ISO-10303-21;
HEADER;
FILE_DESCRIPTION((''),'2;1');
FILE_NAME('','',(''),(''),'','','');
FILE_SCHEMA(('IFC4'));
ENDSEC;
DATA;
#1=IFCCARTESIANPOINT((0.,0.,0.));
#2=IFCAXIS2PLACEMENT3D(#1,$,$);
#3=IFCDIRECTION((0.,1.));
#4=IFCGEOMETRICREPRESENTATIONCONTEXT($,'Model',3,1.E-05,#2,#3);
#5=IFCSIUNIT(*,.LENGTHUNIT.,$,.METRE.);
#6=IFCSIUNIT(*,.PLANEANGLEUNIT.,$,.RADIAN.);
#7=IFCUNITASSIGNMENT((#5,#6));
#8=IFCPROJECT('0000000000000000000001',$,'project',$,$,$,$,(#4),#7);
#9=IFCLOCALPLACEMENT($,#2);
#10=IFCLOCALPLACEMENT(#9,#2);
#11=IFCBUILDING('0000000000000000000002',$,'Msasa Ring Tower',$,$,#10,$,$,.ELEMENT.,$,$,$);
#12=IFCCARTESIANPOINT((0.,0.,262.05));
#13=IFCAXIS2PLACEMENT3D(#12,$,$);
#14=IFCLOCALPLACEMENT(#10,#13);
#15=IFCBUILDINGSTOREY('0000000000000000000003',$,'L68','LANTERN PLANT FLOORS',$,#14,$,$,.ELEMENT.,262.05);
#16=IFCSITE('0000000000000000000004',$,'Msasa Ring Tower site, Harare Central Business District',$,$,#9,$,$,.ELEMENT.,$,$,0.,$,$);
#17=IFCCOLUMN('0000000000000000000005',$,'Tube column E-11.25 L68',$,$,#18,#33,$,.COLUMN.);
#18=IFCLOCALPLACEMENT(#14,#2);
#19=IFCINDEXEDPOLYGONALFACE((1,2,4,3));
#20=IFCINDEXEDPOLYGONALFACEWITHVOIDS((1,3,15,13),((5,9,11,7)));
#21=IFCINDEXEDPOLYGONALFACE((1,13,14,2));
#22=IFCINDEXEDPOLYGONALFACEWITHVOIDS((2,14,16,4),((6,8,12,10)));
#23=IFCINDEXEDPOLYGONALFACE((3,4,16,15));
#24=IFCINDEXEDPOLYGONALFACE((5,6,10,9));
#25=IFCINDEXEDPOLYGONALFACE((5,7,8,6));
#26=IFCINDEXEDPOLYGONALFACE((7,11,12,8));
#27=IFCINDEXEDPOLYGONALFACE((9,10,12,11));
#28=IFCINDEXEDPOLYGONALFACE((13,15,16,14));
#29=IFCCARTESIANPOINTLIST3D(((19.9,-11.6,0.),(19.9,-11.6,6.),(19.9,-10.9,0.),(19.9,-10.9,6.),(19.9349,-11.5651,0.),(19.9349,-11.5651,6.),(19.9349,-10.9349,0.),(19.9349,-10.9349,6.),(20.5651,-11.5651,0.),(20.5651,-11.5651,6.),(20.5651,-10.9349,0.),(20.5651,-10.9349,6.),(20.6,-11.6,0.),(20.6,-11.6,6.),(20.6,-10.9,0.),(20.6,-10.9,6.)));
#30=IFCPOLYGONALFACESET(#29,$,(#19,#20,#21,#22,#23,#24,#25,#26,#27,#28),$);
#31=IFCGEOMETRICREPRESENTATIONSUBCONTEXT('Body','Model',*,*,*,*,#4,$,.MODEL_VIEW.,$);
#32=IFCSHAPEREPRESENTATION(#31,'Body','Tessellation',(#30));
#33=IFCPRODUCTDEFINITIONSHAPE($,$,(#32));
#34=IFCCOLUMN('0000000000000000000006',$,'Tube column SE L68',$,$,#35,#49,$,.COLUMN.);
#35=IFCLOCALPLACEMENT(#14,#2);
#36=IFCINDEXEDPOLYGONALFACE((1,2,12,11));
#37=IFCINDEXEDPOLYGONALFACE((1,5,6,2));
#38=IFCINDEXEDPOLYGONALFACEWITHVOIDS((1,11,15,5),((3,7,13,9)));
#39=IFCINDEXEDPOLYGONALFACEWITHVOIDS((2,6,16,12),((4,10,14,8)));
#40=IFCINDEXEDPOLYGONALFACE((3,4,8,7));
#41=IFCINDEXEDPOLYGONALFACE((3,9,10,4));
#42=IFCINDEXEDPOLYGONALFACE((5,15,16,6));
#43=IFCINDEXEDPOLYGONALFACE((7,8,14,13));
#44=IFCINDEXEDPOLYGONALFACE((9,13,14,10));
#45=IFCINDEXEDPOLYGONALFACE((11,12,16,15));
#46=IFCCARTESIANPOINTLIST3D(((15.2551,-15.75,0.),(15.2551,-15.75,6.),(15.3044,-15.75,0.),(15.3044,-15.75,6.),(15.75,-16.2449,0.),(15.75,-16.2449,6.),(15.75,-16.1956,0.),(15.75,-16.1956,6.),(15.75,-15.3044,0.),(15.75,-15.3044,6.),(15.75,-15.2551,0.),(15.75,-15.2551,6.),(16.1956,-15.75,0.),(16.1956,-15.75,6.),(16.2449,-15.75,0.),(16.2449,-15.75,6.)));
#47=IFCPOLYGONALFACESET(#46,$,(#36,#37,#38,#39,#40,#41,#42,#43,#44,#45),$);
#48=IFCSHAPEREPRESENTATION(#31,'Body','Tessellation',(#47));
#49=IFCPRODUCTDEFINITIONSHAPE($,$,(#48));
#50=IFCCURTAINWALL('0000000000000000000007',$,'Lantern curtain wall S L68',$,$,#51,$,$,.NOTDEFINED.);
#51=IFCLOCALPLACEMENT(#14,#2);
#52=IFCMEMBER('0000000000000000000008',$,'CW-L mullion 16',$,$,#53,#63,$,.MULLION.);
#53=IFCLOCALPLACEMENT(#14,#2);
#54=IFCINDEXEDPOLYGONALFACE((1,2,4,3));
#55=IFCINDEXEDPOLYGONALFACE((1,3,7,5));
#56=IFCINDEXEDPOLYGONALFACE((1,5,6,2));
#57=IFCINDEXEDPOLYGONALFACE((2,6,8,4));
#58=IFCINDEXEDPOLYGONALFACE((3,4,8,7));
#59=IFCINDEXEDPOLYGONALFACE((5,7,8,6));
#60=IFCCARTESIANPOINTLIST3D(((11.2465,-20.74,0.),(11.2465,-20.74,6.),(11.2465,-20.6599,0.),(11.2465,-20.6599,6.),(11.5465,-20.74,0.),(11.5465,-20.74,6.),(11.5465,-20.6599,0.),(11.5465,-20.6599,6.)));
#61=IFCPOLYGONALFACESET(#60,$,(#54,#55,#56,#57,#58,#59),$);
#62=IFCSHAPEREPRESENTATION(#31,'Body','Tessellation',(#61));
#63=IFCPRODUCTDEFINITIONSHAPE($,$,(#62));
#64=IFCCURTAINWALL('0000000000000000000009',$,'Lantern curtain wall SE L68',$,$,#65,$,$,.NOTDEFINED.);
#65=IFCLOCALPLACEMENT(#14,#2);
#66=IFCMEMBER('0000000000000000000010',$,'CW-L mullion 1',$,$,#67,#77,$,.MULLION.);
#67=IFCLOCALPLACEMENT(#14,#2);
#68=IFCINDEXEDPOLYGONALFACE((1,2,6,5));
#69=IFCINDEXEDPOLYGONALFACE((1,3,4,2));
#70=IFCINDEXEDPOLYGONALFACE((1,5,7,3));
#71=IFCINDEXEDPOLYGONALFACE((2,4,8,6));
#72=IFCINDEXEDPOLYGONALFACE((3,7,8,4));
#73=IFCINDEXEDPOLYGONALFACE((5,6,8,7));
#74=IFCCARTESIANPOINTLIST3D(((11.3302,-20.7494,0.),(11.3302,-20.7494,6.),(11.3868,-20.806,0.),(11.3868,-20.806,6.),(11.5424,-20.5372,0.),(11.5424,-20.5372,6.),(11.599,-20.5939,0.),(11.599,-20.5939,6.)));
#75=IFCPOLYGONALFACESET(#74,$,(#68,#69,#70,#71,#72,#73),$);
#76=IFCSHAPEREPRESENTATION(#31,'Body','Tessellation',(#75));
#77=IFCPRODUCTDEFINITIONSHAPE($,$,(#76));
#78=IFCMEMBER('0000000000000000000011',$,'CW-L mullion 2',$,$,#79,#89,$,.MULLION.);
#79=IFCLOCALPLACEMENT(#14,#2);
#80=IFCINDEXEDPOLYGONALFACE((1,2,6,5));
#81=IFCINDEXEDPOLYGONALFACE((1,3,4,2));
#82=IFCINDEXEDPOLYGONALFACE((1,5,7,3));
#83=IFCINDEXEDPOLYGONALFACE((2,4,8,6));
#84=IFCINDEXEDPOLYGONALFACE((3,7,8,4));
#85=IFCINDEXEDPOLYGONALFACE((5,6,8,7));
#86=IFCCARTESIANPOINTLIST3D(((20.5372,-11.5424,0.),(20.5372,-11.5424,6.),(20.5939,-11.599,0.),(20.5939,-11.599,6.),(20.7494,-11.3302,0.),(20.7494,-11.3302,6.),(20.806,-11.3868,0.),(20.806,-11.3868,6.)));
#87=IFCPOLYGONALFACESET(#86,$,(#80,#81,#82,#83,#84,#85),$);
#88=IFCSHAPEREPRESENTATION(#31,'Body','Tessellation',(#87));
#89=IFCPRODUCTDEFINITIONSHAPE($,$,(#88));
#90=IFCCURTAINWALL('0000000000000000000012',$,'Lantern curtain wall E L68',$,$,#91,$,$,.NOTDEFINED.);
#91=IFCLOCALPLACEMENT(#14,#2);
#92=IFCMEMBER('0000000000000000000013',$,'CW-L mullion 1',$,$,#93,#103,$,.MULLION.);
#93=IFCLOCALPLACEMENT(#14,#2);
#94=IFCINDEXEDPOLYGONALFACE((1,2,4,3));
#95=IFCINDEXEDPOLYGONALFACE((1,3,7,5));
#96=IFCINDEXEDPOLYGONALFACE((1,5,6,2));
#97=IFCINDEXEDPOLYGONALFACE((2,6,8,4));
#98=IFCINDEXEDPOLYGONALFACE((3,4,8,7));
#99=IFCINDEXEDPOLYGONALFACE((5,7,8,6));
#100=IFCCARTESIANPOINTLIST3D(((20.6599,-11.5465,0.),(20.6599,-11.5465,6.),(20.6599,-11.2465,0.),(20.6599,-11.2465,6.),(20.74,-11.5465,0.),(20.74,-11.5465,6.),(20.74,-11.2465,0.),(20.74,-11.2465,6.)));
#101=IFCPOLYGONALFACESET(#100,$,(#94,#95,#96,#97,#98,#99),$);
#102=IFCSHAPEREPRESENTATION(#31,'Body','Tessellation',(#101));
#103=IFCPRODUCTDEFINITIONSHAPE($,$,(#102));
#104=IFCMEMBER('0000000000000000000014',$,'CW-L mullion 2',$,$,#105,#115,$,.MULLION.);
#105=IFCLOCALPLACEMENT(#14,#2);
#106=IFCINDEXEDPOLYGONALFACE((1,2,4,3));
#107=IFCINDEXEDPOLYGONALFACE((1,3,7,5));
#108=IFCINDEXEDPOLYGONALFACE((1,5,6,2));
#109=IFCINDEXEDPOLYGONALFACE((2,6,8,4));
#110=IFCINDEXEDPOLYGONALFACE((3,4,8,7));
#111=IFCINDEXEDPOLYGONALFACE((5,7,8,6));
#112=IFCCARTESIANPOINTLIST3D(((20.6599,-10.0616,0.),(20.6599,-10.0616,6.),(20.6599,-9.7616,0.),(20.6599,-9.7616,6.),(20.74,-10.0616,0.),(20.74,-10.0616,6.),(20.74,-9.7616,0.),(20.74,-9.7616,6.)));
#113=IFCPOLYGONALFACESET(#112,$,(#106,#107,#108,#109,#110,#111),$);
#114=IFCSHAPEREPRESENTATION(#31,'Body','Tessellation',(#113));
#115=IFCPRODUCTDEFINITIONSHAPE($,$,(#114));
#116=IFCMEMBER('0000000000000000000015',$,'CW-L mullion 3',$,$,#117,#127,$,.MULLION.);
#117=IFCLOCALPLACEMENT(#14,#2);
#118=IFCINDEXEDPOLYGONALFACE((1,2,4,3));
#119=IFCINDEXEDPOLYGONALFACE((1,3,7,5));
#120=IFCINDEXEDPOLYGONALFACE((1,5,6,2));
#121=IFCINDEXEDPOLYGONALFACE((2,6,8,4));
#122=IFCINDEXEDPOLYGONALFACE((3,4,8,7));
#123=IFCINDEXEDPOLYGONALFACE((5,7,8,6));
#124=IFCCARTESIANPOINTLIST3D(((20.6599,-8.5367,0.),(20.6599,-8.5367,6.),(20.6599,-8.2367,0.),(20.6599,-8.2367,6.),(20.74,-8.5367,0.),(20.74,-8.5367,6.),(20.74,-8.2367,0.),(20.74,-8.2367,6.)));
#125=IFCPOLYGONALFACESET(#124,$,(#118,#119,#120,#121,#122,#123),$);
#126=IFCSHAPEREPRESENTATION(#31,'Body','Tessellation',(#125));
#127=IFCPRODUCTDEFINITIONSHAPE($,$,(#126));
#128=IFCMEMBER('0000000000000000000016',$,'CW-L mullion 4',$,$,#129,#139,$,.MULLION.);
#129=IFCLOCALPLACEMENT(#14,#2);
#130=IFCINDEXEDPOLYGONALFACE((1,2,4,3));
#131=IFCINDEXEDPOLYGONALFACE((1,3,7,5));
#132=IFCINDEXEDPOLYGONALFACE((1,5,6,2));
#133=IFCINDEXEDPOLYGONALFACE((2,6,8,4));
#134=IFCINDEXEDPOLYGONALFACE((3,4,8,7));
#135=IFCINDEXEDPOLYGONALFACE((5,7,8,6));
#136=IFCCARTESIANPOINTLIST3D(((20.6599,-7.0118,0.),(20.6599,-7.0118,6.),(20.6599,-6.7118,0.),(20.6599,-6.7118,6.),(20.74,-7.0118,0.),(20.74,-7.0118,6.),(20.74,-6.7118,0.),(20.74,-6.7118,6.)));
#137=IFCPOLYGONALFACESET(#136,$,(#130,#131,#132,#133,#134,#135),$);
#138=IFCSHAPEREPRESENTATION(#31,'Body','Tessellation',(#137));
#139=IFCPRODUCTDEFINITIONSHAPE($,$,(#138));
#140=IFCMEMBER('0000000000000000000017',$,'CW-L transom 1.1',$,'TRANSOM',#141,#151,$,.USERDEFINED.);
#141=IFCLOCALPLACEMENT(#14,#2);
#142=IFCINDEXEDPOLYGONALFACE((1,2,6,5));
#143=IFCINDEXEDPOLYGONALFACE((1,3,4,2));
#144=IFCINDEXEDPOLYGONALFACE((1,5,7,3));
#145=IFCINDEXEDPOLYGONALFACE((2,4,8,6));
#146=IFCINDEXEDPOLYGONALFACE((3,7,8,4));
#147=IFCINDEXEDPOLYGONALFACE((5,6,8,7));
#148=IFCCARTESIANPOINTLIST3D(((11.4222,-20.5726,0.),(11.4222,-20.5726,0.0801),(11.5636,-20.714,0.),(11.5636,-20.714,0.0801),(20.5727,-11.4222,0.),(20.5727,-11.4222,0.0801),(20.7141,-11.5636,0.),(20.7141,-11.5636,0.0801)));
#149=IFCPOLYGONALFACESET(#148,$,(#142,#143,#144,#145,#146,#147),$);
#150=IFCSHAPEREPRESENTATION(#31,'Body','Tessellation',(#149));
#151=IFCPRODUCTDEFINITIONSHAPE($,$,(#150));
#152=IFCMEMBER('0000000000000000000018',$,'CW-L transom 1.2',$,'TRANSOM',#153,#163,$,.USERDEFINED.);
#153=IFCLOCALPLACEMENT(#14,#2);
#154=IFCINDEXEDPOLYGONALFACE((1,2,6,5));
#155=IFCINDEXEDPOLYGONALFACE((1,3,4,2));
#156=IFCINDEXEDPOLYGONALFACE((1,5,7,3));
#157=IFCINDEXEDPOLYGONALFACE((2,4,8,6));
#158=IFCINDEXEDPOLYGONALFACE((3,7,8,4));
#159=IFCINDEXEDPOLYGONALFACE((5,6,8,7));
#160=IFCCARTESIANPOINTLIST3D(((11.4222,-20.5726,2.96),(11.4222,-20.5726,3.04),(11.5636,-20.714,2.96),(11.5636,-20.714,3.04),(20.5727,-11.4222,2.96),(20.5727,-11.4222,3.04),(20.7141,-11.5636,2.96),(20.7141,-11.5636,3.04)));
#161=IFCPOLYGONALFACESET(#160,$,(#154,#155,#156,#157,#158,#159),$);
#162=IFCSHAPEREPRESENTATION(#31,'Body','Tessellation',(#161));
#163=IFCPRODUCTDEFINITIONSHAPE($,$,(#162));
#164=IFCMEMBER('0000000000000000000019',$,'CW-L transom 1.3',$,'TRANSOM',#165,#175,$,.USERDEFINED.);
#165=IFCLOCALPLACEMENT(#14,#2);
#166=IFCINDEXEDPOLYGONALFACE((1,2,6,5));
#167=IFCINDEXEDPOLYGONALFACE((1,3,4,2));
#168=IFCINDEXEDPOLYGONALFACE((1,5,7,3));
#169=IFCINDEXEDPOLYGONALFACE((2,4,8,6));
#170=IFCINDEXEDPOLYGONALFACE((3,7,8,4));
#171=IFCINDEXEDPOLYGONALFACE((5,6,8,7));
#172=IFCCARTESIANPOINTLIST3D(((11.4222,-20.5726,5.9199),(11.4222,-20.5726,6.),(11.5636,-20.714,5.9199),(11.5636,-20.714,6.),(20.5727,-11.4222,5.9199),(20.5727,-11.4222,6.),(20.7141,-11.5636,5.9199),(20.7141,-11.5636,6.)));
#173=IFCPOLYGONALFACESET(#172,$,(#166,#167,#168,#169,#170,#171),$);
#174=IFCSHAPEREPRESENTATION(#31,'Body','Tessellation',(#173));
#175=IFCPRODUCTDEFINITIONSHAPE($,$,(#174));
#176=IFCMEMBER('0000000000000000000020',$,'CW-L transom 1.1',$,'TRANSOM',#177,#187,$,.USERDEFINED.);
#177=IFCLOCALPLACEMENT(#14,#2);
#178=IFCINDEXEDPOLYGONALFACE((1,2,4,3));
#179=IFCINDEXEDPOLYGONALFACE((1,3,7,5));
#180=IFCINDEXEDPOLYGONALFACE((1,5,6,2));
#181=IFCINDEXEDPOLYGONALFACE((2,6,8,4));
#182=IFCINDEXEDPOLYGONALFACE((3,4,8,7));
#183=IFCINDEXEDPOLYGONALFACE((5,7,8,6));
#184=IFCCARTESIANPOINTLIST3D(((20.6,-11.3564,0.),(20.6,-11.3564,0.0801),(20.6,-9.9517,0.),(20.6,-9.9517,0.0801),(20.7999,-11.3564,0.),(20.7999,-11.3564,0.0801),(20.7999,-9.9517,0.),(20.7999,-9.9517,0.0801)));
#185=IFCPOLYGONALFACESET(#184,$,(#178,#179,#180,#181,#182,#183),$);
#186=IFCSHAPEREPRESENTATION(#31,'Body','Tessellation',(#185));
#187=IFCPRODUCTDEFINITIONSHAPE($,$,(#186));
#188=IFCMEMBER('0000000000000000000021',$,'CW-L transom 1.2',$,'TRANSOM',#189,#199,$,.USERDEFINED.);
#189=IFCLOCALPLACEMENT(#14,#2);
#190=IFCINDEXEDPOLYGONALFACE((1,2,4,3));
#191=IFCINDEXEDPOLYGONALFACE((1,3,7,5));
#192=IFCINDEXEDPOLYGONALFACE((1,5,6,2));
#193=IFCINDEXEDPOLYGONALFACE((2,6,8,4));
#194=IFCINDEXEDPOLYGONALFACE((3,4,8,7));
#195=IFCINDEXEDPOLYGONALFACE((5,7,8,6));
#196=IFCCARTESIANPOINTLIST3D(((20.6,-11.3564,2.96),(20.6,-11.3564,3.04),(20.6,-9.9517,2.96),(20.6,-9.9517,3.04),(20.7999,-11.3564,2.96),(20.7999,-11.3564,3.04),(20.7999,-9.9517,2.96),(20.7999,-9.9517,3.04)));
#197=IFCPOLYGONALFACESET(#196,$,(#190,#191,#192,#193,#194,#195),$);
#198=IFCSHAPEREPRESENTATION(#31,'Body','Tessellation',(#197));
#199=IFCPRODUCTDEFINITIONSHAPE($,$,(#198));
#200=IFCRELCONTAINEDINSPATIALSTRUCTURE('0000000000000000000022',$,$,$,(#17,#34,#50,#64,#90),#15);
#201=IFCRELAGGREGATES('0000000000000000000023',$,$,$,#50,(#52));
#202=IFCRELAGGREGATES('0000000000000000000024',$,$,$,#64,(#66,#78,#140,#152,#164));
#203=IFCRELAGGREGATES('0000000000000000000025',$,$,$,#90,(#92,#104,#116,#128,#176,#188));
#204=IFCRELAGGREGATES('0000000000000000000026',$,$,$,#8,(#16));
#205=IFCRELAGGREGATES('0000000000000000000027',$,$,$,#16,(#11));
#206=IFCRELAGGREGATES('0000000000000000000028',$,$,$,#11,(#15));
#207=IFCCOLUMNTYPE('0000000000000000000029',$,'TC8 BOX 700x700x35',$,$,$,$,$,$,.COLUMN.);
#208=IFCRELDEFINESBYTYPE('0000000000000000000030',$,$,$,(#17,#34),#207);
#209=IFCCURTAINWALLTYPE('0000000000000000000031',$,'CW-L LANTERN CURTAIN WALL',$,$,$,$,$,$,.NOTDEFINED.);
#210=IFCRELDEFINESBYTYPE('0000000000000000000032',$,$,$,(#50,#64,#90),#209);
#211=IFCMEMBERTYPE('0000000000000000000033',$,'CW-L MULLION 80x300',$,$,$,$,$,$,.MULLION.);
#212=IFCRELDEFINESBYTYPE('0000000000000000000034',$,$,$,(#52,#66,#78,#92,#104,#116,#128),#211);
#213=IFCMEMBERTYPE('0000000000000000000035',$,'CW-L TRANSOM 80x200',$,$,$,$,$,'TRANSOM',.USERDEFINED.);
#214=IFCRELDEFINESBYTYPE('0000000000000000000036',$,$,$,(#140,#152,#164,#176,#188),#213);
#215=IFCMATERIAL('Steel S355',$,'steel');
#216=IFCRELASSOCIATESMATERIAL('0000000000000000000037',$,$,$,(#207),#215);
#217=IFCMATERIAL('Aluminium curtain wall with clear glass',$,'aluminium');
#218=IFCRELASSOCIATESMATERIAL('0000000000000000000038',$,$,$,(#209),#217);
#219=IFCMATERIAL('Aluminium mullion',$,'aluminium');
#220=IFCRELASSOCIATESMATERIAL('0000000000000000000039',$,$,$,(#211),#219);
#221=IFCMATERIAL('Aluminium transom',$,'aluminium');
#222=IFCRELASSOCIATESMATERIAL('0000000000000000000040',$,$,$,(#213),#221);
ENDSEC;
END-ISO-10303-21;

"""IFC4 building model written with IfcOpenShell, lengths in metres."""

from ifc_helpers import new_model, si_unit, direction, frame, origin, origin_2d, place, context, subcontext, project, spatial, rectangle, hollow_rectangle, extrude, material, material_profile, profile_set, type_object, element, aggregate, save


model = new_model("IFC4")

# Units and contexts
model_context = context("Model", 3, precision=1e-05, world=origin(), true_north=direction((0.0, 1.0)))
body_context = subcontext(model_context, "Body", "Model", "MODEL_VIEW")
ifc_project = project(units=[si_unit("LENGTHUNIT", "METRE"), si_unit("PLANEANGLEUNIT", "RADIAN")], contexts=[model_context])

# Site, building, storey
site_placement = place(None, origin())
site = spatial("IfcSite", under=ifc_project, at=site_placement, Name="Msasa Ring Tower site, Harare Central Business District", CompositionType="ELEMENT", RefElevation=0.0)
building_placement = place(site_placement, origin())
building = spatial("IfcBuilding", under=site, at=building_placement, Name="Msasa Ring Tower", CompositionType="ELEMENT")
storey_placement = place(building_placement, frame((0.0, 0.0, 262.05)))
storey = spatial("IfcBuildingStorey", under=building, at=storey_placement, Name="L68", Description="LANTERN PLANT FLOORS", CompositionType="ELEMENT", Elevation=262.05)

# Columns
ifc_material_1 = material(Name="Steel S355", Category="steel")
ifc_material_profile_1 = material_profile(ifc_material_1, hollow_rectangle(XDim=0.7, YDim=0.7, WallThickness=0.0349, at=origin_2d()), Name="BOX 700x700x35")
ifc_profile_set_1 = profile_set([ifc_material_profile_1], Name="Steel S355")
column_type = type_object("IfcColumnType", Name="TC8 BOX 700x700x35", PredefinedType="COLUMN", material=ifc_profile_set_1)
for number, where, z_axis, x_axis, name in (
    (1, (20.25, -11.25, 0.0), (0.0, 0.0, 1.0), (1.0, 0.0, 0.0), "Tube column E-11.25 L68"),
    (2, (15.75, -15.75, 0.0), (0.0, 0.0, 1.0), (0.707107, -0.707107, 0.0), "Tube column SE L68"),
):
    element("IfcColumn", number, at=place(storey_placement, frame(where, z_axis=z_axis, x_axis=x_axis)), inside=storey, type_object=column_type, Name=name, PredefinedType="COLUMN", context=body_context, shape_type="SweptSolid", body=[
        extrude(hollow_rectangle(XDim=0.7, YDim=0.7, WallThickness=0.0349, at=origin_2d()), origin(), (0.0, 0.0, 1.0), 6.0),
    ])

# Curtain wall, member
ifc_material_2 = material(Name="Aluminium curtain wall with clear glass", Category="aluminium")
curtain_wall_type = type_object("IfcCurtainWallType", Name="CW-L LANTERN CURTAIN WALL", PredefinedType="NOTDEFINED", material=ifc_material_2)
curtain_wall_1_placement = place(storey_placement, origin())
curtain_wall_1 = element("IfcCurtainWall", 3, at=curtain_wall_1_placement, inside=storey, type_object=curtain_wall_type, Name="Lantern curtain wall S L68", PredefinedType="NOTDEFINED")
ifc_material_3 = material(Name="Aluminium mullion", Category="aluminium")
ifc_material_profile_2 = material_profile(ifc_material_3, rectangle(XDim=0.0801, YDim=0.3, at=origin_2d()), Name="AL 80x300")
ifc_profile_set_2 = profile_set([ifc_material_profile_2], Name="Aluminium mullion")
member_type_1 = type_object("IfcMemberType", Name="CW-L MULLION 80x300", PredefinedType="MULLION", material=ifc_profile_set_2)
member_1_placement = place(storey_placement, frame((11.3965, -20.7, 0.0), z_axis=(0.0, 0.0, 1.0), x_axis=(0.0, 1.0, 0.0)))
member_1 = element("IfcMember", 4, at=member_1_placement, type_object=member_type_1, Name="CW-L mullion 16", PredefinedType="MULLION", context=body_context, shape_type="SweptSolid", body=[
    extrude(rectangle(XDim=0.0801, YDim=0.3, at=origin_2d()), origin(), (0.0, 0.0, 1.0), 6.0),
])
aggregate(curtain_wall_1, [member_1])

# Curtain walls, members
curtain_wall_2_placement = place(storey_placement, origin())
curtain_wall_2 = element("IfcCurtainWall", 5, at=curtain_wall_2_placement, inside=storey, type_object=curtain_wall_type, Name="Lantern curtain wall SE L68", PredefinedType="NOTDEFINED")
member_2_placement = place(storey_placement, frame((11.4646, -20.6716, 0.0), z_axis=(0.0, 0.0, 1.0), x_axis=(-0.707107, 0.707107, 0.0)))
member_2 = element("IfcMember", 6, at=member_2_placement, type_object=member_type_1, Name="CW-L mullion 1", PredefinedType="MULLION", context=body_context, shape_type="SweptSolid", body=[
    extrude(rectangle(XDim=0.0801, YDim=0.3, at=origin_2d()), origin(), (0.0, 0.0, 1.0), 6.0),
])
member_3_placement = place(storey_placement, frame((20.6716, -11.4646, 0.0), z_axis=(0.0, 0.0, 1.0), x_axis=(-0.707107, 0.707107, 0.0)))
member_3 = element("IfcMember", 7, at=member_3_placement, type_object=member_type_1, Name="CW-L mullion 2", PredefinedType="MULLION", context=body_context, shape_type="SweptSolid", body=[
    extrude(rectangle(XDim=0.0801, YDim=0.3, at=origin_2d()), origin(), (0.0, 0.0, 1.0), 6.0),
])
curtain_wall_3_placement = place(storey_placement, origin())
curtain_wall_3 = element("IfcCurtainWall", 8, at=curtain_wall_3_placement, inside=storey, type_object=curtain_wall_type, Name="Lantern curtain wall E L68", PredefinedType="NOTDEFINED")
member_4_placement = place(storey_placement, frame((20.7, -11.3965, 0.0), z_axis=(0.0, 0.0, 1.0), x_axis=(-1.0, 0.0, 0.0)))
member_4 = element("IfcMember", 9, at=member_4_placement, type_object=member_type_1, Name="CW-L mullion 1", PredefinedType="MULLION", context=body_context, shape_type="SweptSolid", body=[
    extrude(rectangle(XDim=0.0801, YDim=0.3, at=origin_2d()), origin(), (0.0, 0.0, 1.0), 6.0),
])
member_5_placement = place(storey_placement, frame((20.7, -9.9116, 0.0), z_axis=(0.0, 0.0, 1.0), x_axis=(-1.0, 0.0, 0.0)))
member_5 = element("IfcMember", 10, at=member_5_placement, type_object=member_type_1, Name="CW-L mullion 2", PredefinedType="MULLION", context=body_context, shape_type="SweptSolid", body=[
    extrude(rectangle(XDim=0.0801, YDim=0.3, at=origin_2d()), origin(), (0.0, 0.0, 1.0), 6.0),
])
member_6_placement = place(storey_placement, frame((20.7, -8.3867, 0.0), z_axis=(0.0, 0.0, 1.0), x_axis=(-1.0, 0.0, 0.0)))
member_6 = element("IfcMember", 11, at=member_6_placement, type_object=member_type_1, Name="CW-L mullion 3", PredefinedType="MULLION", context=body_context, shape_type="SweptSolid", body=[
    extrude(rectangle(XDim=0.0801, YDim=0.3, at=origin_2d()), origin(), (0.0, 0.0, 1.0), 6.0),
])
member_7_placement = place(storey_placement, frame((20.7, -6.8618, 0.0), z_axis=(0.0, 0.0, 1.0), x_axis=(-1.0, 0.0, 0.0)))
member_7 = element("IfcMember", 12, at=member_7_placement, type_object=member_type_1, Name="CW-L mullion 4", PredefinedType="MULLION", context=body_context, shape_type="SweptSolid", body=[
    extrude(rectangle(XDim=0.0801, YDim=0.3, at=origin_2d()), origin(), (0.0, 0.0, 1.0), 6.0),
])

# Members
ifc_material_4 = material(Name="Aluminium transom", Category="aluminium")
ifc_material_profile_3 = material_profile(ifc_material_4, rectangle(XDim=0.2, YDim=0.0801, at=origin_2d()), Name="AL 80x200")
ifc_profile_set_3 = profile_set([ifc_material_profile_3], Name="Aluminium transom")
member_type_2 = type_object("IfcMemberType", Name="CW-L TRANSOM 80x200", ElementType="TRANSOM", PredefinedType="USERDEFINED", material=ifc_profile_set_3)
member_8_placement = place(storey_placement, frame((11.4929, -20.6433, 0.04), z_axis=(0.707107, 0.707107, 0.0), x_axis=(-0.707107, 0.707107, 0.0)))
member_8 = element("IfcMember", 13, at=member_8_placement, type_object=member_type_2, Name="CW-L transom 1.1", ObjectType="TRANSOM", PredefinedType="USERDEFINED", context=body_context, shape_type="SweptSolid", body=[
    extrude(rectangle(XDim=0.2, YDim=0.0801, at=origin_2d()), origin(), (0.0, 0.0, 1.0), 12.9407),
])
member_9_placement = place(storey_placement, frame((11.4929, -20.6433, 3.0), z_axis=(0.707107, 0.707107, 0.0), x_axis=(-0.707107, 0.707107, 0.0)))
member_9 = element("IfcMember", 14, at=member_9_placement, type_object=member_type_2, Name="CW-L transom 1.2", ObjectType="TRANSOM", PredefinedType="USERDEFINED", context=body_context, shape_type="SweptSolid", body=[
    extrude(rectangle(XDim=0.2, YDim=0.0801, at=origin_2d()), origin(), (0.0, 0.0, 1.0), 12.9407),
])
member_10_placement = place(storey_placement, frame((11.4929, -20.6433, 5.96), z_axis=(0.707107, 0.707107, 0.0), x_axis=(-0.707107, 0.707107, 0.0)))
member_10 = element("IfcMember", 15, at=member_10_placement, type_object=member_type_2, Name="CW-L transom 1.3", ObjectType="TRANSOM", PredefinedType="USERDEFINED", context=body_context, shape_type="SweptSolid", body=[
    extrude(rectangle(XDim=0.2, YDim=0.0801, at=origin_2d()), origin(), (0.0, 0.0, 1.0), 12.9407),
])
member_11_placement = place(storey_placement, frame((20.7, -11.3564, 0.04), z_axis=(0.0, 1.0, 0.0), x_axis=(-1.0, 0.0, 0.0)))
member_11 = element("IfcMember", 16, at=member_11_placement, type_object=member_type_2, Name="CW-L transom 1.1", ObjectType="TRANSOM", PredefinedType="USERDEFINED", context=body_context, shape_type="SweptSolid", body=[
    extrude(rectangle(XDim=0.2, YDim=0.0801, at=origin_2d()), origin(), (0.0, 0.0, 1.0), 1.4048),
])
member_12_placement = place(storey_placement, frame((20.7, -11.3564, 3.0), z_axis=(0.0, 1.0, 0.0), x_axis=(-1.0, 0.0, 0.0)))
member_12 = element("IfcMember", 17, at=member_12_placement, type_object=member_type_2, Name="CW-L transom 1.2", ObjectType="TRANSOM", PredefinedType="USERDEFINED", context=body_context, shape_type="SweptSolid", body=[
    extrude(rectangle(XDim=0.2, YDim=0.0801, at=origin_2d()), origin(), (0.0, 0.0, 1.0), 1.4048),
])

aggregate(curtain_wall_2, [member_2, member_3, member_8, member_9, member_10])
aggregate(curtain_wall_3, [member_4, member_5, member_6, member_7, member_11, member_12])

save(model, "model.ifc")
